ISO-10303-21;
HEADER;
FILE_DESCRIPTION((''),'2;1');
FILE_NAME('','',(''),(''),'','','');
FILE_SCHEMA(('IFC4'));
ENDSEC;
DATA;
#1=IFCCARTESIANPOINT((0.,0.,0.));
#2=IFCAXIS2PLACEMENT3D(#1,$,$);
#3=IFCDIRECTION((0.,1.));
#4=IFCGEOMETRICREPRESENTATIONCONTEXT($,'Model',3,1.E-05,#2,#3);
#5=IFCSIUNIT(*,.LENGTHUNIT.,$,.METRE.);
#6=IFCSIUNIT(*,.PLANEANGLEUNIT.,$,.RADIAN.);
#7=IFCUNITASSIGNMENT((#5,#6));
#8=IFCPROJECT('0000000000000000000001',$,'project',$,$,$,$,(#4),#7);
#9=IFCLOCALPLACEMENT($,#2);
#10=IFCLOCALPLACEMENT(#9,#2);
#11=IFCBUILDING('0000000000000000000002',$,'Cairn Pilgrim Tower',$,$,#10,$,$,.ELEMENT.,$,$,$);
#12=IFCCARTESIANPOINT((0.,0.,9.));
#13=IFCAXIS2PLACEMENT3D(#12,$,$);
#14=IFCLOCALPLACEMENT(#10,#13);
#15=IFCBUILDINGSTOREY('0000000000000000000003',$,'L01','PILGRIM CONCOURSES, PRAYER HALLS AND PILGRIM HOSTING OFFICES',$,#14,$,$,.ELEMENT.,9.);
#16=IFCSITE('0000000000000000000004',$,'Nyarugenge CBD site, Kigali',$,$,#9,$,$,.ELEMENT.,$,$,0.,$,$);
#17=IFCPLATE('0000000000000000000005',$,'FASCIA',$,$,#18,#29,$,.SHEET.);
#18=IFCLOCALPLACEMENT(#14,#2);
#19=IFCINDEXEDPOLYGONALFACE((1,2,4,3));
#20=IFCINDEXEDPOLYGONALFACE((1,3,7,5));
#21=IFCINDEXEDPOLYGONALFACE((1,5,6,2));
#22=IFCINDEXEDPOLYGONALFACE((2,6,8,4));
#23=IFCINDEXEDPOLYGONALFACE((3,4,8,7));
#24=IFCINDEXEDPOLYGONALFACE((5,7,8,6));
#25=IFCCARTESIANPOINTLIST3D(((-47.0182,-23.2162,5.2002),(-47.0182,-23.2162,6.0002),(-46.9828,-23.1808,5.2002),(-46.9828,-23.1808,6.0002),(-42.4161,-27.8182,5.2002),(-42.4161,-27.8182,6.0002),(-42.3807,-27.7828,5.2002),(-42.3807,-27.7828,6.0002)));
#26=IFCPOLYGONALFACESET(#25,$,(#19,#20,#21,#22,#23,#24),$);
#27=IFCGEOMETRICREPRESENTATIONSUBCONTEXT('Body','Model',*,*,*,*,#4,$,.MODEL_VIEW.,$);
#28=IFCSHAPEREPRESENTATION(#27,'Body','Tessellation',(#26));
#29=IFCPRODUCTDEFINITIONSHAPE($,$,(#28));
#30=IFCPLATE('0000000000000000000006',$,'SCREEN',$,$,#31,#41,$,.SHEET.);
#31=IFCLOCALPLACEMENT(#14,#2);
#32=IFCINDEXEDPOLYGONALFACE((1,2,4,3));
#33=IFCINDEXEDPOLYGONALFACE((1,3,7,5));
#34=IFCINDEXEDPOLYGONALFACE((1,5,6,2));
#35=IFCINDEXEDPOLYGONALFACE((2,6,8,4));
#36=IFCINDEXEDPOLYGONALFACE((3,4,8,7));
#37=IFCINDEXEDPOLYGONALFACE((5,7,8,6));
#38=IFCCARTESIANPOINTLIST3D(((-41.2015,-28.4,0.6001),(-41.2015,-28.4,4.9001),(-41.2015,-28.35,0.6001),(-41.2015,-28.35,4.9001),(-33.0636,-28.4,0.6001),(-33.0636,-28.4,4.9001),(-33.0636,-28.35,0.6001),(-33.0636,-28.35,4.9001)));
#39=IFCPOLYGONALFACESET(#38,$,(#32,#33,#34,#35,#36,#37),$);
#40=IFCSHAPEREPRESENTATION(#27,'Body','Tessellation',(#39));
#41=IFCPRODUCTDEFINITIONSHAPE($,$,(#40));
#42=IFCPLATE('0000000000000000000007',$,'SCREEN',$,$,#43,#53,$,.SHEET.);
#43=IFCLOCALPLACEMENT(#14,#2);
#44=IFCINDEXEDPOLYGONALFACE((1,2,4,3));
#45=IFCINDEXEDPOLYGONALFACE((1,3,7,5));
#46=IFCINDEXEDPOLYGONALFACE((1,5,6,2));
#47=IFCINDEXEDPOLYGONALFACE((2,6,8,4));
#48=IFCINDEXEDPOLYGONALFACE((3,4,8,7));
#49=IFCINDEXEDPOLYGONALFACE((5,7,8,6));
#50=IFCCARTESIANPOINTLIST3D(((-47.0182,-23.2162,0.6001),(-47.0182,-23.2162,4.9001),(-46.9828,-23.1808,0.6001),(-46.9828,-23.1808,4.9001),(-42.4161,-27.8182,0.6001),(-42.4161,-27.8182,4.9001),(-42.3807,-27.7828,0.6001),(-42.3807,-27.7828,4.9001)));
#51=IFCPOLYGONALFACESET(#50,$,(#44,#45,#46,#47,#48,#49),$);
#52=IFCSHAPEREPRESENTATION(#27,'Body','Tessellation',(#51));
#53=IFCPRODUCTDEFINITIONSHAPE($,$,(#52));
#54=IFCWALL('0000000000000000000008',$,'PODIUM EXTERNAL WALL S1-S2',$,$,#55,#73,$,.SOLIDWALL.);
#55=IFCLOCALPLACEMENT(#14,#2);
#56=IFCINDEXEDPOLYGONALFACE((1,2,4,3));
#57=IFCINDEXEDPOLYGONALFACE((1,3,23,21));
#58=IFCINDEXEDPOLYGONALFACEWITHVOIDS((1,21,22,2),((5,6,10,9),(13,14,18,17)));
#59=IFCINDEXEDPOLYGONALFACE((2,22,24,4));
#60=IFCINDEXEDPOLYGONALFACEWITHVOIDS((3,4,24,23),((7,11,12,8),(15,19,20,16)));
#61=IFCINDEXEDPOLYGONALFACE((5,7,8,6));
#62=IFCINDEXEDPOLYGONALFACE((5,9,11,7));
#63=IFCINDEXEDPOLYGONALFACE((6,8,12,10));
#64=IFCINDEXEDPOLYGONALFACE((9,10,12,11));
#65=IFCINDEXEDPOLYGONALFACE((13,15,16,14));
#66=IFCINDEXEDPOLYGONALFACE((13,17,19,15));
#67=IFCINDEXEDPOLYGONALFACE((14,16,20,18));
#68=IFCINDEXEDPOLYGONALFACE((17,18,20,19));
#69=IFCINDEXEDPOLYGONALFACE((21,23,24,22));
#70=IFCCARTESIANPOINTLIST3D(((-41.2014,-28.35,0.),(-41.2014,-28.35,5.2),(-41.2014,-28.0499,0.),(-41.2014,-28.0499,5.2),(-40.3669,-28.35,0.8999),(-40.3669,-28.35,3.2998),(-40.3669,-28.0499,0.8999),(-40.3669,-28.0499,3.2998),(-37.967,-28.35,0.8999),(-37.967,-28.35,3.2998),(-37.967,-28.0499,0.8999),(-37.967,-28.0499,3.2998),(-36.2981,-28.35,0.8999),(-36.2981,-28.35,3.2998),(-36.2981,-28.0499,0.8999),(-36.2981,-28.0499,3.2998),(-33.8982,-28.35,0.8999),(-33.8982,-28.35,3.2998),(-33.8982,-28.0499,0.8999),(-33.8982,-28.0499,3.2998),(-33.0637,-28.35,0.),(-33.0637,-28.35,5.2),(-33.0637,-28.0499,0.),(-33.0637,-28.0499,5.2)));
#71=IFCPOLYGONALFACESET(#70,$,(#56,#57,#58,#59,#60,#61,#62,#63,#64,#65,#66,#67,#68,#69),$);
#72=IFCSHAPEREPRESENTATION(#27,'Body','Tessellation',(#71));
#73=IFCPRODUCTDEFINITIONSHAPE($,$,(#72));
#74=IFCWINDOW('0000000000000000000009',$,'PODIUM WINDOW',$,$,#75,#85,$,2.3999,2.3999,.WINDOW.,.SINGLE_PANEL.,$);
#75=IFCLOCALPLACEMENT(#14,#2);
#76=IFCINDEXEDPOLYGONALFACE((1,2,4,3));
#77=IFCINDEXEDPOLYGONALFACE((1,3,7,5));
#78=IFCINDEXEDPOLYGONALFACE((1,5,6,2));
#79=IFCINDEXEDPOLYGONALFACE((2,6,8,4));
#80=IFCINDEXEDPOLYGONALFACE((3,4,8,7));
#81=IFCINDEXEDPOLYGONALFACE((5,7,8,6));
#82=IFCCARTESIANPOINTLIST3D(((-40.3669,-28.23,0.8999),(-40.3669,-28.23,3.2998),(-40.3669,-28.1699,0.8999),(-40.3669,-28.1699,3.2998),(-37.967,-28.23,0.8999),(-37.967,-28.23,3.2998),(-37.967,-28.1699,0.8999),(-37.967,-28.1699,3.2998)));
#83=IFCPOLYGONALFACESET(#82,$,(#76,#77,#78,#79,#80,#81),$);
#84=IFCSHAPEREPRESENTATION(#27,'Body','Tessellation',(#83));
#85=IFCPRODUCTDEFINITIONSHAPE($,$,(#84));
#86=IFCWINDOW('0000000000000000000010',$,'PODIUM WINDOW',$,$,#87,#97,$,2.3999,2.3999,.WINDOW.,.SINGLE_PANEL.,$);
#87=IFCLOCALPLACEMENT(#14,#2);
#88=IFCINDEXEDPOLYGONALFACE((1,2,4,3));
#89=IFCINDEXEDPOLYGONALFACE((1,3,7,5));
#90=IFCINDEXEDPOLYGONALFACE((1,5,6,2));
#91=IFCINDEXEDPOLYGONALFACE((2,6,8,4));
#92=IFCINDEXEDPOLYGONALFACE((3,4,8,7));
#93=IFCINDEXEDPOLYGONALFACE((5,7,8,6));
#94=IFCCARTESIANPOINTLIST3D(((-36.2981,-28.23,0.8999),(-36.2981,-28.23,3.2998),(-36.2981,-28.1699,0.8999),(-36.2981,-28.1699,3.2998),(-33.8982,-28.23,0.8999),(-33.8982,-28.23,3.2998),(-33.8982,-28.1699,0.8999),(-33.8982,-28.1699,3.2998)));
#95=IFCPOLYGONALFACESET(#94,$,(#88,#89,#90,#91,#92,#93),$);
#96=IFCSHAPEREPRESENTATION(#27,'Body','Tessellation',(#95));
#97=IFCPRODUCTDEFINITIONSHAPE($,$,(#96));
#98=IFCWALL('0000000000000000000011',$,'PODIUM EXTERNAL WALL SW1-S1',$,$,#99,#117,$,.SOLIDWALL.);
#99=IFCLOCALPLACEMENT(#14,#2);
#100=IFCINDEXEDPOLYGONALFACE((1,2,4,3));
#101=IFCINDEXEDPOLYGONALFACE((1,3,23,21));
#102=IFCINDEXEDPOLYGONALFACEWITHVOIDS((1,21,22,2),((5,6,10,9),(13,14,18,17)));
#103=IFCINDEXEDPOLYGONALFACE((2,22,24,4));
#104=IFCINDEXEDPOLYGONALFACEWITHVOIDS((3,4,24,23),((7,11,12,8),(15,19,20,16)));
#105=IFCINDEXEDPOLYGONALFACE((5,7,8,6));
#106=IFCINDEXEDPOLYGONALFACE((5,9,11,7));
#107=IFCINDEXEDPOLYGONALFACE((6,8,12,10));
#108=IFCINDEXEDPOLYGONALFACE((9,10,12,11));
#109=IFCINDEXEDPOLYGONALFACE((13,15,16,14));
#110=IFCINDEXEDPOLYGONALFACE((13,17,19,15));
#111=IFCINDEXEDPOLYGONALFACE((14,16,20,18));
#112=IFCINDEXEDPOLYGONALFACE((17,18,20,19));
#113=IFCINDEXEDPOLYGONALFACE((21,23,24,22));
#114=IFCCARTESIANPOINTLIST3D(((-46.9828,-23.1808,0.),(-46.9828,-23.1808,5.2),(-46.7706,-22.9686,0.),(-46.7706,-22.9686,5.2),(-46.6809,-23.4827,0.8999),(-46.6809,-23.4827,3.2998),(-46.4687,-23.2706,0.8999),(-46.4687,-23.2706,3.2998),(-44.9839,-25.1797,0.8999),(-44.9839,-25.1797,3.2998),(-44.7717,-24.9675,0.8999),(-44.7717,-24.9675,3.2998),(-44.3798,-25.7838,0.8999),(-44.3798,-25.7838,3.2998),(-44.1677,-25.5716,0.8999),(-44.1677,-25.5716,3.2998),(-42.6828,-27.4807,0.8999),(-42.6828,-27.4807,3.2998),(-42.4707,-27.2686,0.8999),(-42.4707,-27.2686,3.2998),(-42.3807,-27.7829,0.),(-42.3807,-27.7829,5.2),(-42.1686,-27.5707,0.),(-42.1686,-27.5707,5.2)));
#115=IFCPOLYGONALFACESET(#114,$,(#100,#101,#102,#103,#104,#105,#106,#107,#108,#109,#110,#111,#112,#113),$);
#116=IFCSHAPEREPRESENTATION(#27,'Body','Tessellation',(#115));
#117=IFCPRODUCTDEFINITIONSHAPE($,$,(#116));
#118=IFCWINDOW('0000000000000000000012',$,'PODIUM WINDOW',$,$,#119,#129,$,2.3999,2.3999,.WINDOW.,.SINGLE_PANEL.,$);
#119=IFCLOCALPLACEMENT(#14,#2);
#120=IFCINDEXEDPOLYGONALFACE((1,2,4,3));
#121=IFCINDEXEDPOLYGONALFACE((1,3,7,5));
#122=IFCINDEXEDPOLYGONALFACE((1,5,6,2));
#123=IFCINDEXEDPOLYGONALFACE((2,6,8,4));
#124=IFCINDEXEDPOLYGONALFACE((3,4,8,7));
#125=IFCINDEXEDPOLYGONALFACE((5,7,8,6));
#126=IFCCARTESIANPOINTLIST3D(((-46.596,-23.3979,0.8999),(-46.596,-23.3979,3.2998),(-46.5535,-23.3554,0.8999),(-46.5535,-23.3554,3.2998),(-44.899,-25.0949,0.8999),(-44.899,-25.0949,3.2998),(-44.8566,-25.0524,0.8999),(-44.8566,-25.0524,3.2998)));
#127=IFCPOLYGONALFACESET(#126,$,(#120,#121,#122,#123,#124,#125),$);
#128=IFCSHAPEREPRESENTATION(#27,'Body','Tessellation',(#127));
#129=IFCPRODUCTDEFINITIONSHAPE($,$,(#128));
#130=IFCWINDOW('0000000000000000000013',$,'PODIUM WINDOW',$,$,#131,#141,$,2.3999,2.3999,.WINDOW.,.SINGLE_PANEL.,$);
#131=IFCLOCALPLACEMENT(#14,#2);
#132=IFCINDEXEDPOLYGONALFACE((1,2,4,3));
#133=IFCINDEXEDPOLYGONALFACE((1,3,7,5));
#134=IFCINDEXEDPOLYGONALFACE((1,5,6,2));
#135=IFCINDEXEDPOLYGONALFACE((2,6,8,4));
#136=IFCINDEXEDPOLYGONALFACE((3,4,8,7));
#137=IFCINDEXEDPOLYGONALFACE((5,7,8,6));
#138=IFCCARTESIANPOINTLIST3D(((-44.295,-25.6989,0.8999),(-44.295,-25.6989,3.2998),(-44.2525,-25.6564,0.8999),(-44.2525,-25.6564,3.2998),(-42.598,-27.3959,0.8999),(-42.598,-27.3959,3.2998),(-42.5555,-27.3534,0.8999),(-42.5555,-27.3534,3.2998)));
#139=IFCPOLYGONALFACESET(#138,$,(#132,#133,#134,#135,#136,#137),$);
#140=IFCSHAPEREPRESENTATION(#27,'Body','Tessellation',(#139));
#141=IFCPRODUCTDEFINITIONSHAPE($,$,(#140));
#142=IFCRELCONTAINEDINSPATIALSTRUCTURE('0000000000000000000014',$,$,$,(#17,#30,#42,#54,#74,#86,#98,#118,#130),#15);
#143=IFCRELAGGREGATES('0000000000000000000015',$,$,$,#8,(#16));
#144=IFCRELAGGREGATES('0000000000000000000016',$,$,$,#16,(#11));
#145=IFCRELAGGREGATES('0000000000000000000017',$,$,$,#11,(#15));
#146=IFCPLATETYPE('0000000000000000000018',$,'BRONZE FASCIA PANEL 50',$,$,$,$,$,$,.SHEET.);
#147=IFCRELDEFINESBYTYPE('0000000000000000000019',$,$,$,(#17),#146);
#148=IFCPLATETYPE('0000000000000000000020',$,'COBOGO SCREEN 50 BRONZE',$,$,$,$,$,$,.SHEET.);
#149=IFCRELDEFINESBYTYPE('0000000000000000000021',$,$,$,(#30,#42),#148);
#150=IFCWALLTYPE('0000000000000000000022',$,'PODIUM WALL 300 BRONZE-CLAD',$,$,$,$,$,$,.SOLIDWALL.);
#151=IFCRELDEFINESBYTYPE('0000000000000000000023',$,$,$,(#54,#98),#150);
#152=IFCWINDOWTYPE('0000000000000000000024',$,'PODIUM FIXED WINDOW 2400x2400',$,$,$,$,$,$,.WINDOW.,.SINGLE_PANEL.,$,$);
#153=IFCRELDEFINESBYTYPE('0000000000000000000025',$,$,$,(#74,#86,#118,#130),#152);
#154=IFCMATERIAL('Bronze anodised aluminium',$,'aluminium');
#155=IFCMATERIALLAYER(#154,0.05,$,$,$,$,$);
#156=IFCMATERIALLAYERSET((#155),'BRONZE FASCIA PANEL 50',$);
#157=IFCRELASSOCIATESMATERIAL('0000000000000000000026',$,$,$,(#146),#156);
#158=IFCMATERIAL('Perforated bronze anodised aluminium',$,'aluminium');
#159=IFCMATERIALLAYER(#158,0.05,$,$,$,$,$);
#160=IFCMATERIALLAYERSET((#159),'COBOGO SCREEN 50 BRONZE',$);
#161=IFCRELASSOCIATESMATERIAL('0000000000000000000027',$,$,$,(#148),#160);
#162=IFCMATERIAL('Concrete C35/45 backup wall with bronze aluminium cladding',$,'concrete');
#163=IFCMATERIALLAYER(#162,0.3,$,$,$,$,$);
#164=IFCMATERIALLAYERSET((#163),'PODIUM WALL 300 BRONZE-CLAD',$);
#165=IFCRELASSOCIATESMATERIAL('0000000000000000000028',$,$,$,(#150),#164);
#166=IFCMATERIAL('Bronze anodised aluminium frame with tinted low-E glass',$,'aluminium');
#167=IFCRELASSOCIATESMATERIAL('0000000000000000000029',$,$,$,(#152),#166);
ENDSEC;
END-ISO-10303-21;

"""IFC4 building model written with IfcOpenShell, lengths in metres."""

from ifc_helpers import new_model, si_unit, direction, frame, frame_2d, origin, origin_2d, place, context, subcontext, project, spatial, rectangle, extrude, material, layer, layer_set, type_object, element, fill, save


model = new_model("IFC4")

# Units and contexts
model_context = context("Model", 3, precision=1e-05, world=origin(), true_north=direction((0.0, 1.0)))
body_context = subcontext(model_context, "Body", "Model", "MODEL_VIEW")
ifc_project = project(units=[si_unit("LENGTHUNIT", "METRE"), si_unit("PLANEANGLEUNIT", "RADIAN")], contexts=[model_context])

# Site, building, storey
site_placement = place(None, origin())
site = spatial("IfcSite", under=ifc_project, at=site_placement, Name="Nyarugenge CBD site, Kigali", CompositionType="ELEMENT", RefElevation=0.0)
building_placement = place(site_placement, origin())
building = spatial("IfcBuilding", under=site, at=building_placement, Name="Cairn Pilgrim Tower", CompositionType="ELEMENT")
storey_placement = place(building_placement, frame((0.0, 0.0, 9.0)))
storey = spatial("IfcBuildingStorey", under=building, at=storey_placement, Name="L01", Description="PILGRIM CONCOURSES, PRAYER HALLS AND PILGRIM HOSTING OFFICES", CompositionType="ELEMENT", Elevation=9.0)

# Plates
ifc_material_1 = material(Name="Bronze anodised aluminium", Category="aluminium")
ifc_layer_1 = layer(ifc_material_1, 0.05)
ifc_layer_set_1 = layer_set([ifc_layer_1], Name="BRONZE FASCIA PANEL 50")
plate_type_1 = type_object("IfcPlateType", Name="BRONZE FASCIA PANEL 50", PredefinedType="SHEET", material=ifc_layer_set_1)
plate_1_placement = place(storey_placement, frame((-44.6995, -25.4995, 5.2002), z_axis=(0.0, 0.0, 1.0), x_axis=(0.707107, -0.707107, 0.0)))
element("IfcPlate", 1, at=plate_1_placement, inside=storey, type_object=plate_type_1, Name="FASCIA", PredefinedType="SHEET", context=body_context, shape_type="SweptSolid", body=[
    extrude(rectangle(XDim=6.5083, YDim=0.05, at=origin_2d()), origin(), (0.0, 0.0, 1.0), 0.8),
])
ifc_material_2 = material(Name="Perforated bronze anodised aluminium", Category="aluminium")
ifc_layer_2 = layer(ifc_material_2, 0.05)
ifc_layer_set_2 = layer_set([ifc_layer_2], Name="COBOGO SCREEN 50 BRONZE")
plate_type_2 = type_object("IfcPlateType", Name="COBOGO SCREEN 50 BRONZE", PredefinedType="SHEET", material=ifc_layer_set_2)
plate_2_placement = place(storey_placement, frame((-37.1326, -28.375, 0.6001), z_axis=(0.0, 0.0, 1.0), x_axis=(1.0, 0.0, 0.0)))
element("IfcPlate", 2, at=plate_2_placement, inside=storey, type_object=plate_type_2, Name="SCREEN", PredefinedType="SHEET", context=body_context, shape_type="SweptSolid", body=[
    extrude(rectangle(XDim=8.1379, YDim=0.05, at=origin_2d()), origin(), (0.0, 0.0, 1.0), 4.3),
])
plate_3_placement = place(storey_placement, frame((-44.6995, -25.4995, 0.6001), z_axis=(0.0, 0.0, 1.0), x_axis=(0.707107, -0.707107, 0.0)))
element("IfcPlate", 3, at=plate_3_placement, inside=storey, type_object=plate_type_2, Name="SCREEN", PredefinedType="SHEET", context=body_context, shape_type="SweptSolid", body=[
    extrude(rectangle(XDim=6.5083, YDim=0.05, at=origin_2d()), origin(), (0.0, 0.0, 1.0), 4.3),
])

# Walls, openings, windows
ifc_material_3 = material(Name="Concrete C35/45 backup wall with bronze aluminium cladding", Category="concrete")
ifc_layer_3 = layer(ifc_material_3, 0.3)
ifc_layer_set_3 = layer_set([ifc_layer_3], Name="PODIUM WALL 300 BRONZE-CLAD")
wall_type_1 = type_object("IfcWallType", Name="PODIUM WALL 300 BRONZE-CLAD", PredefinedType="SOLIDWALL", material=ifc_layer_set_3)
wall_1_placement = place(storey_placement, frame((-41.2014, -28.2, 0.0), z_axis=(0.0, 0.0, 1.0), x_axis=(1.0, 0.0, 0.0)))
wall_1 = element("IfcWall", 4, at=wall_1_placement, inside=storey, type_object=wall_type_1, Name="PODIUM EXTERNAL WALL S1-S2", PredefinedType="SOLIDWALL", context=body_context, shape_type="SweptSolid", body=[
    extrude(rectangle(XDim=8.1377, YDim=0.3, at=frame_2d((4.0688, 0.0))), origin(), (0.0, 0.0, 1.0), 5.2),
])
opening_1_placement = place(wall_1_placement, frame((0.8345, 0.0, 0.8999)))
opening_1 = element("IfcOpeningElement", 5, at=opening_1_placement, cuts=wall_1, PredefinedType="OPENING", context=body_context, shape_type="SweptSolid", body=[
    extrude(rectangle(XDim=2.3999, YDim=2.3999, at=frame_2d((1.2, 1.2))), frame((0.0, 0.1602, 0.0), z_axis=(0.0, -1.0, 0.0), x_axis=(1.0, 0.0, 0.0)), (0.0, 0.0, 1.0), 0.3201),
])
opening_2_placement = place(wall_1_placement, frame((4.9033, 0.0, 0.8999)))
opening_2 = element("IfcOpeningElement", 6, at=opening_2_placement, cuts=wall_1, PredefinedType="OPENING", context=body_context, shape_type="SweptSolid", body=[
    extrude(rectangle(XDim=2.3999, YDim=2.3999, at=frame_2d((1.2, 1.2))), frame((0.0, 0.1602, 0.0), z_axis=(0.0, -1.0, 0.0), x_axis=(1.0, 0.0, 0.0)), (0.0, 0.0, 1.0), 0.3201),
])
ifc_material_4 = material(Name="Bronze anodised aluminium frame with tinted low-E glass", Category="aluminium")
window_type = type_object("IfcWindowType", Name="PODIUM FIXED WINDOW 2400x2400", PartitioningType="SINGLE_PANEL", PredefinedType="WINDOW", material=ifc_material_4)
window_1_placement = place(opening_1_placement, origin())
window_1 = element("IfcWindow", 7, at=window_1_placement, inside=storey, type_object=window_type, Name="PODIUM WINDOW", OverallHeight=2.3999, OverallWidth=2.3999, PartitioningType="SINGLE_PANEL", PredefinedType="WINDOW", context=body_context, shape_type="SweptSolid", body=[
    extrude(rectangle(XDim=2.3999, YDim=2.3999, at=frame_2d((1.2, 1.2))), frame((0.0, 0.03, 0.0), z_axis=(0.0, -1.0, 0.0), x_axis=(1.0, 0.0, 0.0)), (0.0, 0.0, 1.0), 0.0601),
])
fill(opening_1, window_1)
window_2_placement = place(opening_2_placement, origin())
window_2 = element("IfcWindow", 8, at=window_2_placement, inside=storey, type_object=window_type, Name="PODIUM WINDOW", OverallHeight=2.3999, OverallWidth=2.3999, PartitioningType="SINGLE_PANEL", PredefinedType="WINDOW", context=body_context, shape_type="SweptSolid", body=[
    extrude(rectangle(XDim=2.3999, YDim=2.3999, at=frame_2d((1.2, 1.2))), frame((0.0, 0.03, 0.0), z_axis=(0.0, -1.0, 0.0), x_axis=(1.0, 0.0, 0.0)), (0.0, 0.0, 1.0), 0.0601),
])
fill(opening_2, window_2)
wall_2_placement = place(storey_placement, frame((-46.8767, -23.0747, 0.0), z_axis=(0.0, 0.0, 1.0), x_axis=(0.707107, -0.707107, 0.0)))
wall_2 = element("IfcWall", 9, at=wall_2_placement, inside=storey, type_object=wall_type_1, Name="PODIUM EXTERNAL WALL SW1-S1", PredefinedType="SOLIDWALL", context=body_context, shape_type="SweptSolid", body=[
    extrude(rectangle(XDim=6.5083, YDim=0.3, at=frame_2d((3.2542, 0.0))), origin(), (0.0, 0.0, 1.0), 5.2),
])
opening_3_placement = place(wall_2_placement, frame((0.427, 0.0, 0.8999)))
opening_3 = element("IfcOpeningElement", 10, at=opening_3_placement, cuts=wall_2, PredefinedType="OPENING", context=body_context, shape_type="SweptSolid", body=[
    extrude(rectangle(XDim=2.3999, YDim=2.3999, at=frame_2d((1.2, 1.2))), frame((0.0, 0.1602, 0.0), z_axis=(0.0, -1.0, 0.0), x_axis=(1.0, 0.0, 0.0)), (0.0, 0.0, 1.0), 0.3201),
])
opening_4_placement = place(wall_2_placement, frame((3.6812, 0.0, 0.8999)))
opening_4 = element("IfcOpeningElement", 11, at=opening_4_placement, cuts=wall_2, PredefinedType="OPENING", context=body_context, shape_type="SweptSolid", body=[
    extrude(rectangle(XDim=2.3999, YDim=2.3999, at=frame_2d((1.2, 1.2))), frame((0.0, 0.1602, 0.0), z_axis=(0.0, -1.0, 0.0), x_axis=(1.0, 0.0, 0.0)), (0.0, 0.0, 1.0), 0.3201),
])
window_3_placement = place(opening_3_placement, origin())
window_3 = element("IfcWindow", 12, at=window_3_placement, inside=storey, type_object=window_type, Name="PODIUM WINDOW", OverallHeight=2.3999, OverallWidth=2.3999, PartitioningType="SINGLE_PANEL", PredefinedType="WINDOW", context=body_context, shape_type="SweptSolid", body=[
    extrude(rectangle(XDim=2.3999, YDim=2.3999, at=frame_2d((1.2, 1.2))), frame((0.0, 0.03, 0.0), z_axis=(0.0, -1.0, 0.0), x_axis=(1.0, 0.0, 0.0)), (0.0, 0.0, 1.0), 0.0601),
])
fill(opening_3, window_3)
window_4_placement = place(opening_4_placement, origin())
window_4 = element("IfcWindow", 13, at=window_4_placement, inside=storey, type_object=window_type, Name="PODIUM WINDOW", OverallHeight=2.3999, OverallWidth=2.3999, PartitioningType="SINGLE_PANEL", PredefinedType="WINDOW", context=body_context, shape_type="SweptSolid", body=[
    extrude(rectangle(XDim=2.3999, YDim=2.3999, at=frame_2d((1.2, 1.2))), frame((0.0, 0.03, 0.0), z_axis=(0.0, -1.0, 0.0), x_axis=(1.0, 0.0, 0.0)), (0.0, 0.0, 1.0), 0.0601),
])
fill(opening_4, window_4)

save(model, "model.ifc")
